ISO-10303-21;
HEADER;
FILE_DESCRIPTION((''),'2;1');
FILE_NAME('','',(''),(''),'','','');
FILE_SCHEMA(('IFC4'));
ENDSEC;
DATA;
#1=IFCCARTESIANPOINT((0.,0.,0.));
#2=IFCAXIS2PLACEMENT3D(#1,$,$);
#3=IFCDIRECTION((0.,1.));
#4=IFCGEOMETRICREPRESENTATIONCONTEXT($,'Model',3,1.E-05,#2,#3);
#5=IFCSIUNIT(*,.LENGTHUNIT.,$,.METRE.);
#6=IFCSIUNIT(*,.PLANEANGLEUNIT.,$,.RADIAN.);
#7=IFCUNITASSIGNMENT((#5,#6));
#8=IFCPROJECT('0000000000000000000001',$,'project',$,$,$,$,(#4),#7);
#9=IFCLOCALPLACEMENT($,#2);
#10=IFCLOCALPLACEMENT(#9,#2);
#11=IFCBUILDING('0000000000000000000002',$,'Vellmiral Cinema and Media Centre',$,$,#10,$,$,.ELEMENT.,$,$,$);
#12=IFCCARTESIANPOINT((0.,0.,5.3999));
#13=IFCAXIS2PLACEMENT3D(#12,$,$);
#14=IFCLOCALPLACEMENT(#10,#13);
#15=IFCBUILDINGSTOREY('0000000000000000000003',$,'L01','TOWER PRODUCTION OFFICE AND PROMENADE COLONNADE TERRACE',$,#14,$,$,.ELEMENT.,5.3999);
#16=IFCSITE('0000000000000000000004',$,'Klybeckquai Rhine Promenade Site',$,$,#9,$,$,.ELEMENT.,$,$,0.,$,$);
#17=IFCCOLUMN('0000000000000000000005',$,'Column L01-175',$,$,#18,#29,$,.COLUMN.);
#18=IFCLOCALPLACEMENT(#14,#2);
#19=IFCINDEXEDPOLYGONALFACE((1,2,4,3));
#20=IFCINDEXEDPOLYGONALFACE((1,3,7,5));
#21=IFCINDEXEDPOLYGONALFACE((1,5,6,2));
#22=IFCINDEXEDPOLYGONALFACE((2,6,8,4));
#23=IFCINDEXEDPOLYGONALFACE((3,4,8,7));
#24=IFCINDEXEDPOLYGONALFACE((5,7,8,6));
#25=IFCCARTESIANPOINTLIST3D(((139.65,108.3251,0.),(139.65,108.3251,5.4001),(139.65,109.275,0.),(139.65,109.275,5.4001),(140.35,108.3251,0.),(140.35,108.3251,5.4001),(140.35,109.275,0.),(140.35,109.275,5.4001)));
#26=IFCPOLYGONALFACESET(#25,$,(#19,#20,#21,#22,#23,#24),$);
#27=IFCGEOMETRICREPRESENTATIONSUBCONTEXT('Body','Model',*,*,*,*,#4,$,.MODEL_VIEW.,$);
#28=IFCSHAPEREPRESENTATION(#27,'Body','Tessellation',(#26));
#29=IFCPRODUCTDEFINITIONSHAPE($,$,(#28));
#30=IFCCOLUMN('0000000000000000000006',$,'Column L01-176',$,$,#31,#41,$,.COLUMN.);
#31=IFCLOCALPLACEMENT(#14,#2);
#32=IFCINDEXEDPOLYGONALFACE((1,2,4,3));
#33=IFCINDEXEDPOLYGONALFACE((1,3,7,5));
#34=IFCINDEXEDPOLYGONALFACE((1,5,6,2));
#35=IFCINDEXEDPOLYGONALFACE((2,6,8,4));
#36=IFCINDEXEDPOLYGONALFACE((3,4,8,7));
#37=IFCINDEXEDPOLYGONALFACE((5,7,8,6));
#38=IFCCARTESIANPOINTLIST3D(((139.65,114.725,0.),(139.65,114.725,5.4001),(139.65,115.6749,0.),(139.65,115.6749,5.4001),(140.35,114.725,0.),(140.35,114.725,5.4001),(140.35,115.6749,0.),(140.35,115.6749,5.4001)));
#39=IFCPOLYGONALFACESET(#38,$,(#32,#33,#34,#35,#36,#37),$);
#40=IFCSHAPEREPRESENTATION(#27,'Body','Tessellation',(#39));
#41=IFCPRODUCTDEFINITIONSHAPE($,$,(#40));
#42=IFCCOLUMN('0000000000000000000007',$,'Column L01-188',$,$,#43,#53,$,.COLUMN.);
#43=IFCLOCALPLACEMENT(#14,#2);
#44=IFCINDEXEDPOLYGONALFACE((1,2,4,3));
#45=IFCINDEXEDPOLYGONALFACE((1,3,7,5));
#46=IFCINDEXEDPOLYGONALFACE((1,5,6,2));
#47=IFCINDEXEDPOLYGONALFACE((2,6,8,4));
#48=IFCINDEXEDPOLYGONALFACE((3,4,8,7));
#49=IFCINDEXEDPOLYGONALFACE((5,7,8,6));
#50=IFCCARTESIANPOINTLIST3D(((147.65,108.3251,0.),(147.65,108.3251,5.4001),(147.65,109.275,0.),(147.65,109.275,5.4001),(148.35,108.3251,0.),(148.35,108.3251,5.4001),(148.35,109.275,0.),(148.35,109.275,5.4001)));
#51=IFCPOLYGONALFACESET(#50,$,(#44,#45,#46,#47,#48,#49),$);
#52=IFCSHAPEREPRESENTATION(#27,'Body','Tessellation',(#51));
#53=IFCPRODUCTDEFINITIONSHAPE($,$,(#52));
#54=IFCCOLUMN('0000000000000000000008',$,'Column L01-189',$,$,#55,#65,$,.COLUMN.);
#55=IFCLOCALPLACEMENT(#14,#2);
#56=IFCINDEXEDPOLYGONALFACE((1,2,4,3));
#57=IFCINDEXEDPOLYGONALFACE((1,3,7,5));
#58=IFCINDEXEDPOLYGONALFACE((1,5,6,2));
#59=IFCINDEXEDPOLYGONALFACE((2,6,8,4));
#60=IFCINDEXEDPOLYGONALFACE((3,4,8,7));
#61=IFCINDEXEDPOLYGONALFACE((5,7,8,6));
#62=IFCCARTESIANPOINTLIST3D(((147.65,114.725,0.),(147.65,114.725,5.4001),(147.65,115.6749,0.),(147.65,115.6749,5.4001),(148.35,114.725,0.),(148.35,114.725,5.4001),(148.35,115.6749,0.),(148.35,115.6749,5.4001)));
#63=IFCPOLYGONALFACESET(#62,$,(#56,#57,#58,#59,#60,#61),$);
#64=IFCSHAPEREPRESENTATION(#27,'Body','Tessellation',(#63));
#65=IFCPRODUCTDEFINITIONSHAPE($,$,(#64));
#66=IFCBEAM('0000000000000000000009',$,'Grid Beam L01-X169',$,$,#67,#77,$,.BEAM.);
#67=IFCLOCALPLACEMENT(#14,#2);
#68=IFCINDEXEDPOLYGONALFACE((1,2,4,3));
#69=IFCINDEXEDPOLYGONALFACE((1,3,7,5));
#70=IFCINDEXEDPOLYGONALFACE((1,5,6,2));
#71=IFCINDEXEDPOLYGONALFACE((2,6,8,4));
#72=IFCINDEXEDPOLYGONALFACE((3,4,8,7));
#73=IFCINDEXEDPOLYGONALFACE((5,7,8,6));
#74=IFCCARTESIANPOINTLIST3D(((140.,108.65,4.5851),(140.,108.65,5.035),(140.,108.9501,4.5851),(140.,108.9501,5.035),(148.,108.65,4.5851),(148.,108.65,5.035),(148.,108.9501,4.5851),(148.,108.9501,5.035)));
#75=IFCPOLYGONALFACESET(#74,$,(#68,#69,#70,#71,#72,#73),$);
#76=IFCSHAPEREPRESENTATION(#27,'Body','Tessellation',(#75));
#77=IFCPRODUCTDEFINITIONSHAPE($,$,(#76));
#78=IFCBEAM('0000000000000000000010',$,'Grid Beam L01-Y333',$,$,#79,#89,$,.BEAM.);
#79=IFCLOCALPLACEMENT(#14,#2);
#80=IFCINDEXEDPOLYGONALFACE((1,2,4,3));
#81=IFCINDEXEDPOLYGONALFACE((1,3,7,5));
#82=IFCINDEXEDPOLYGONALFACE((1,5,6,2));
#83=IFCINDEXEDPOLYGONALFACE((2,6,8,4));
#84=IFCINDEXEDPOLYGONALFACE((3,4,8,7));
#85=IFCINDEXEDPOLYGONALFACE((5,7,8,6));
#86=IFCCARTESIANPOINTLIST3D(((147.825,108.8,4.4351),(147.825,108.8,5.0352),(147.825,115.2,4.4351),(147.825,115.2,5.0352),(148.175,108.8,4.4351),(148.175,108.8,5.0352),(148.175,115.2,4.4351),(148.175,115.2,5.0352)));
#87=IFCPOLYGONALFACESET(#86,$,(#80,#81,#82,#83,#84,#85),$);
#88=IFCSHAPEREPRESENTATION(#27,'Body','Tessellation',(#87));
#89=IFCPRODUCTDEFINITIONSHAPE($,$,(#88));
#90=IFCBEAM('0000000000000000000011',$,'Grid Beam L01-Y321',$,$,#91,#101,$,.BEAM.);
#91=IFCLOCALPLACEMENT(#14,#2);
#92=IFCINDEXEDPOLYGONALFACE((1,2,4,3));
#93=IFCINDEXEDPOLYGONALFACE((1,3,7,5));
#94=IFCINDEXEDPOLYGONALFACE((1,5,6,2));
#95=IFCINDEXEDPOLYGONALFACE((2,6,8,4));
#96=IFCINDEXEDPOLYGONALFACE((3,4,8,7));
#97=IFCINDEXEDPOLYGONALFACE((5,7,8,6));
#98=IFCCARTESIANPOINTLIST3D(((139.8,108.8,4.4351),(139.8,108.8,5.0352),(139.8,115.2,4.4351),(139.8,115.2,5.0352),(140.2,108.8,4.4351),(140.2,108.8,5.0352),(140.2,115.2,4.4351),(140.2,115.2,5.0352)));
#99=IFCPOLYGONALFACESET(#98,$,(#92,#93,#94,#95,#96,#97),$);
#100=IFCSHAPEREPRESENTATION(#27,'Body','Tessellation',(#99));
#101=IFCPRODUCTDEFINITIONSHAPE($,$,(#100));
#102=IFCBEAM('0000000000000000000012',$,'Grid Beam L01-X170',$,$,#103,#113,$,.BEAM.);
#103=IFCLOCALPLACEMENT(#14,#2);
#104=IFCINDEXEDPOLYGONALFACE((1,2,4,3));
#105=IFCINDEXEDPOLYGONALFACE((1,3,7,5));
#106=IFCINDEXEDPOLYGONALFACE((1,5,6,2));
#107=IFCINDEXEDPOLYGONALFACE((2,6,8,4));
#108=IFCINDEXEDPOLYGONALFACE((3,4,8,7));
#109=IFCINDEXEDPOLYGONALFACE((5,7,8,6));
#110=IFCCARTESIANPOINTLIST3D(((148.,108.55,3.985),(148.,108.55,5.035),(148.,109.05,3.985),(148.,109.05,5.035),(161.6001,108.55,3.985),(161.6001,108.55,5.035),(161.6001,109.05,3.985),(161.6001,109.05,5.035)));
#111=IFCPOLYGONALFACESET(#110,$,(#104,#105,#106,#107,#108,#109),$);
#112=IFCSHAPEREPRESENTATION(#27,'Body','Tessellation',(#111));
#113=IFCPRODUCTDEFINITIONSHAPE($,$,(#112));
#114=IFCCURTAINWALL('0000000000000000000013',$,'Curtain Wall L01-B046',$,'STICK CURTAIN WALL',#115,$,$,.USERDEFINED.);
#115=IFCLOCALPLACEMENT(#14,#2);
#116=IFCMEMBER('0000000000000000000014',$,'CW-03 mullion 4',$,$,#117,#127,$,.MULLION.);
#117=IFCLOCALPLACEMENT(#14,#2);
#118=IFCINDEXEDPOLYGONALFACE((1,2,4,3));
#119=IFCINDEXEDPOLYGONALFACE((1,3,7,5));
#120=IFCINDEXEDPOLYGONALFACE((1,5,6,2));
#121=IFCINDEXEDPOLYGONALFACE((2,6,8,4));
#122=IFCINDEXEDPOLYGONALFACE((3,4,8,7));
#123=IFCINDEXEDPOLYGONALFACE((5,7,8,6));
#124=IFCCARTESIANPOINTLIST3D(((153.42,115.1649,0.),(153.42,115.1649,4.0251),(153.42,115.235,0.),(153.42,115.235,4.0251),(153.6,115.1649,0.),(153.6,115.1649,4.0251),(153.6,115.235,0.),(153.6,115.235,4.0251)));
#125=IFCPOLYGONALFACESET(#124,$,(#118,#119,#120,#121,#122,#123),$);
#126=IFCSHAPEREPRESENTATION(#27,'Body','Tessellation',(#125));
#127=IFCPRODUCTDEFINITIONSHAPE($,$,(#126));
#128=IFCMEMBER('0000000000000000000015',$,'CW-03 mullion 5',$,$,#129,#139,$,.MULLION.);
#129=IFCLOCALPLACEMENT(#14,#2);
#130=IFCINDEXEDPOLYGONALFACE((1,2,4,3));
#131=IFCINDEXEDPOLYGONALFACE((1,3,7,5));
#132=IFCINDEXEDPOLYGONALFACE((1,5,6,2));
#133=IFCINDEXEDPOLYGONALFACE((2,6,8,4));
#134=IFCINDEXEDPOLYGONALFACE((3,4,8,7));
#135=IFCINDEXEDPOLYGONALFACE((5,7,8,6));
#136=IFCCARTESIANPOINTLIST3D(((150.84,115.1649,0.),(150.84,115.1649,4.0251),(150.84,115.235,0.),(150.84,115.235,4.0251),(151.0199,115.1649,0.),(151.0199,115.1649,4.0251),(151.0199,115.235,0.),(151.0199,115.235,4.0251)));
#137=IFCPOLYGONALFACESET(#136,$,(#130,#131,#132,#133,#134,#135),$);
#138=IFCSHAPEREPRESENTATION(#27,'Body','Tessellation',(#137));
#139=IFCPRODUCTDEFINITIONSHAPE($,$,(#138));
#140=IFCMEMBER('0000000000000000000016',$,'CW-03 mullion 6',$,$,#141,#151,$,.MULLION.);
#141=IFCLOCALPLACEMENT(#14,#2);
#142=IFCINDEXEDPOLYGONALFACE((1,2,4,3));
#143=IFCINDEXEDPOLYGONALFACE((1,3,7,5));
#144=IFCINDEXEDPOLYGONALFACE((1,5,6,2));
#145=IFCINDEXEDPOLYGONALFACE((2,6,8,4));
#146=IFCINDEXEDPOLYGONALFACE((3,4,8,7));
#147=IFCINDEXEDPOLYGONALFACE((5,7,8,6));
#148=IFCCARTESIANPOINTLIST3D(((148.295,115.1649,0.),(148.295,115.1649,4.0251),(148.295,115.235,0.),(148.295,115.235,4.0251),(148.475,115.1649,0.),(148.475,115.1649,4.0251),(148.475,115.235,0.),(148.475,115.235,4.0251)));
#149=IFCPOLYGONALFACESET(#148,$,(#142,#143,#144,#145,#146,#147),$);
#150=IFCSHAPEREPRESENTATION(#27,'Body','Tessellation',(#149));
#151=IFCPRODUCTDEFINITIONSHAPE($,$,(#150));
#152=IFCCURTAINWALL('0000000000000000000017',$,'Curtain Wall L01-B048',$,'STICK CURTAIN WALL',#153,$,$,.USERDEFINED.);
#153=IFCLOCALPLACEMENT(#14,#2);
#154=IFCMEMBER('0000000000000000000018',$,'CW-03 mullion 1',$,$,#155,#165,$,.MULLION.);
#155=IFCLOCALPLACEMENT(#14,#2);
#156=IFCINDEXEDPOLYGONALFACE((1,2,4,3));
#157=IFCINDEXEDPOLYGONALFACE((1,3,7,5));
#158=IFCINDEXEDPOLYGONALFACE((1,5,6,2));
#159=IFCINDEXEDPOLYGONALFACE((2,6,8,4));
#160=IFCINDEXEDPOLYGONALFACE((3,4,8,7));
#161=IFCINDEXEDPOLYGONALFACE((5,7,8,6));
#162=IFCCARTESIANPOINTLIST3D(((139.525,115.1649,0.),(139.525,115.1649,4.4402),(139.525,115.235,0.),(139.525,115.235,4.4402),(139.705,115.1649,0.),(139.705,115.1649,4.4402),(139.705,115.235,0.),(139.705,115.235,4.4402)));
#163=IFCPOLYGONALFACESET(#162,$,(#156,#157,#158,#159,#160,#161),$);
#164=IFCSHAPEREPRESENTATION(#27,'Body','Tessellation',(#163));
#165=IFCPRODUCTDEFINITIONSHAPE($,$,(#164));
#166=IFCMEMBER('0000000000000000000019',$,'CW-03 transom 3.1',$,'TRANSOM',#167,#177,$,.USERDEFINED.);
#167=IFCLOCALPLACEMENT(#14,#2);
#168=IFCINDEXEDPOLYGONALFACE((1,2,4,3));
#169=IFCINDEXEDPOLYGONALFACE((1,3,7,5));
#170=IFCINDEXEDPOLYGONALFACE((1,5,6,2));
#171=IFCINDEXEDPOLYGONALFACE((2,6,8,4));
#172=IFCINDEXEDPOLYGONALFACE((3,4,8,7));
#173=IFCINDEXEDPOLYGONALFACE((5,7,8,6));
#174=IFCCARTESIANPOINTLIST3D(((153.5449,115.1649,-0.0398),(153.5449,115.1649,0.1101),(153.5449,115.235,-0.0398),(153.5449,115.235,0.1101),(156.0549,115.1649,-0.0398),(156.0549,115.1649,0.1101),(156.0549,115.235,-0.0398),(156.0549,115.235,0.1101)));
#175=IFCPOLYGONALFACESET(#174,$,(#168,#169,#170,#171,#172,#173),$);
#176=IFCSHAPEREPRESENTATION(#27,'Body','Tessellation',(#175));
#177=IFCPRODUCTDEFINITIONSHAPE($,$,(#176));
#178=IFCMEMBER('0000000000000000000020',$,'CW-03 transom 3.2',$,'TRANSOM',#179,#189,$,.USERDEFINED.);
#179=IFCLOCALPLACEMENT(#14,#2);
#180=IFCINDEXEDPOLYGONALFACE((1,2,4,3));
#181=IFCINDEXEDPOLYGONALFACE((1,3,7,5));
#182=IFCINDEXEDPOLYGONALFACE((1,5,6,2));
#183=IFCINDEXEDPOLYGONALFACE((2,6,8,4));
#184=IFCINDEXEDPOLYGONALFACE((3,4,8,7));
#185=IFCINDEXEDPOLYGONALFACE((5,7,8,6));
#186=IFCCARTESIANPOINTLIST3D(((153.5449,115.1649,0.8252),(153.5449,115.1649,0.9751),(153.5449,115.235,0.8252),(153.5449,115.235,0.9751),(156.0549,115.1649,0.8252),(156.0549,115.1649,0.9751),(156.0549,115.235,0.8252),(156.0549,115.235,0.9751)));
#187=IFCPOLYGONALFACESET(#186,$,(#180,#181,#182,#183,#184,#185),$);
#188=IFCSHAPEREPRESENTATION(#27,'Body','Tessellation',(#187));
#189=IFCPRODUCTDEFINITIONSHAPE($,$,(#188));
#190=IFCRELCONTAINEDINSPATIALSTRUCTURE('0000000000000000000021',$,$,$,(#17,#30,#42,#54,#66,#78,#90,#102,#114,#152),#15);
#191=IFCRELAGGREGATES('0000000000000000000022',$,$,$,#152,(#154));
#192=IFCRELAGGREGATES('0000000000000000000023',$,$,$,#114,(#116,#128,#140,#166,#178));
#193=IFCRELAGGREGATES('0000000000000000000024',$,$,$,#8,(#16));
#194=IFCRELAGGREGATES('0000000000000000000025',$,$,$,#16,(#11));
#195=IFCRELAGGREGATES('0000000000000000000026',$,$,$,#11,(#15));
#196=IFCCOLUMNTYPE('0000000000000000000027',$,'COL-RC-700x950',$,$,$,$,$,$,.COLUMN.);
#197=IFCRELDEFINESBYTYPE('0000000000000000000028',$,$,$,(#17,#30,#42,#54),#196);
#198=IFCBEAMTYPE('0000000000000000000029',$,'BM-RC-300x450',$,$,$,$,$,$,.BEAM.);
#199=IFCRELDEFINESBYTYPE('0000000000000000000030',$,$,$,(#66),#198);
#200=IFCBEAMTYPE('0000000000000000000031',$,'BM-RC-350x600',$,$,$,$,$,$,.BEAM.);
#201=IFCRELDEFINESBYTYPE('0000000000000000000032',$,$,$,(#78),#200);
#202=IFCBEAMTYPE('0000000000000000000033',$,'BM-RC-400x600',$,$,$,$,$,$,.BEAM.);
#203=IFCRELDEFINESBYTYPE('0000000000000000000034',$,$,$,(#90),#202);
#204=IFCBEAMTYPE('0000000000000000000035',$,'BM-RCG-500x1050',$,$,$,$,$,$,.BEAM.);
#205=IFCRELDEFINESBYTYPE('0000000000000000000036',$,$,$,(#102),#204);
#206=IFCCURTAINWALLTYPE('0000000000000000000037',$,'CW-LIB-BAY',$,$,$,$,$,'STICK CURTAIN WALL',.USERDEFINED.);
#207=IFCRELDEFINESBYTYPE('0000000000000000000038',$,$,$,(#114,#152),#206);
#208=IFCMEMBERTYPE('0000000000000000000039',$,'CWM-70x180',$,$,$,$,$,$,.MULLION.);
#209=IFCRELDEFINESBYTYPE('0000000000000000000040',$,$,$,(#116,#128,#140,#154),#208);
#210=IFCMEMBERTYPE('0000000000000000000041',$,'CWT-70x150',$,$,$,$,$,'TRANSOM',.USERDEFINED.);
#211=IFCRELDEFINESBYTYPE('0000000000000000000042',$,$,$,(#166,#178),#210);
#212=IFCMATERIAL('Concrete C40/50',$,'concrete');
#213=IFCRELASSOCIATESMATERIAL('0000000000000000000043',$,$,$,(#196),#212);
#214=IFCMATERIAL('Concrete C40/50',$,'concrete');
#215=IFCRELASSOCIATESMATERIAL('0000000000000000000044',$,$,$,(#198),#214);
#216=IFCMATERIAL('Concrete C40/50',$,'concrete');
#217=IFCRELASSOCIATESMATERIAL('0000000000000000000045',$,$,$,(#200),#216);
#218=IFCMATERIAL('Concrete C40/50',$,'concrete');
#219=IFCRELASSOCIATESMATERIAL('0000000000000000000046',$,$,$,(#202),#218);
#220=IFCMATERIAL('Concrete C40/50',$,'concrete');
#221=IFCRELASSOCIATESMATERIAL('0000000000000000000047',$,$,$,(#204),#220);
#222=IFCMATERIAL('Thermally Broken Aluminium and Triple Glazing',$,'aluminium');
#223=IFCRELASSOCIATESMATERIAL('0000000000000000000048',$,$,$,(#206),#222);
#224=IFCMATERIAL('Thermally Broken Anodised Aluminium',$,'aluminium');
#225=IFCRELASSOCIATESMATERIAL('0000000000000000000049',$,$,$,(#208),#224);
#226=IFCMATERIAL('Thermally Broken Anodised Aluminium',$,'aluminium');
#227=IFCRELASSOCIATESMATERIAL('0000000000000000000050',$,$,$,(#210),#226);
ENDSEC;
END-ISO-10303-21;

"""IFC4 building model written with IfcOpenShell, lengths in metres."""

from ifc_helpers import new_model, si_unit, direction, frame, origin, origin_2d, place, context, subcontext, project, spatial, rectangle, extrude, material, material_profile, profile_set, type_object, element, aggregate, save


model = new_model("IFC4")

# Units and contexts
model_context = context("Model", 3, precision=1e-05, world=origin(), true_north=direction((0.0, 1.0)))
body_context = subcontext(model_context, "Body", "Model", "MODEL_VIEW")
ifc_project = project(units=[si_unit("LENGTHUNIT", "METRE"), si_unit("PLANEANGLEUNIT", "RADIAN")], contexts=[model_context])

# Site, building, storey
site_placement = place(None, origin())
site = spatial("IfcSite", under=ifc_project, at=site_placement, Name="Klybeckquai Rhine Promenade Site", CompositionType="ELEMENT", RefElevation=0.0)
building_placement = place(site_placement, origin())
building = spatial("IfcBuilding", under=site, at=building_placement, Name="Vellmiral Cinema and Media Centre", CompositionType="ELEMENT")
storey_placement = place(building_placement, frame((0.0, 0.0, 5.3999)))
storey = spatial("IfcBuildingStorey", under=building, at=storey_placement, Name="L01", Description="TOWER PRODUCTION OFFICE AND PROMENADE COLONNADE TERRACE", CompositionType="ELEMENT", Elevation=5.3999)

# Columns
ifc_material_1 = material(Name="Concrete C40/50", Category="concrete")
ifc_material_profile_1 = material_profile(ifc_material_1, rectangle(XDim=0.7, YDim=0.95, at=origin_2d()), Name="RC 700x950")
ifc_profile_set_1 = profile_set([ifc_material_profile_1], Name="Concrete C40/50")
column_type = type_object("IfcColumnType", Name="COL-RC-700x950", PredefinedType="COLUMN", material=ifc_profile_set_1)
for number, where, z_axis, x_axis, name in (
    (1, (140.0, 108.8, 0.0), (0.0, 0.0, 1.0), (1.0, 0.0, 0.0), "Column L01-175"),
    (2, (140.0, 115.2, 0.0), (0.0, 0.0, 1.0), (1.0, 0.0, 0.0), "Column L01-176"),
    (3, (148.0, 108.8, 0.0), (0.0, 0.0, 1.0), (1.0, 0.0, 0.0), "Column L01-188"),
    (4, (148.0, 115.2, 0.0), (0.0, 0.0, 1.0), (1.0, 0.0, 0.0), "Column L01-189"),
):
    element("IfcColumn", number, at=place(storey_placement, frame(where, z_axis=z_axis, x_axis=x_axis)), inside=storey, type_object=column_type, Name=name, PredefinedType="COLUMN", context=body_context, shape_type="SweptSolid", body=[
        extrude(rectangle(XDim=0.7, YDim=0.95, at=origin_2d()), origin(), (0.0, 0.0, 1.0), 5.4001),
    ])

# Beams
ifc_material_2 = material(Name="Concrete C40/50", Category="concrete")
ifc_material_profile_2 = material_profile(ifc_material_2, rectangle(XDim=0.3, YDim=0.45, at=origin_2d()), Name="RC 300x450")
ifc_profile_set_2 = profile_set([ifc_material_profile_2], Name="Concrete C40/50")
beam_type_1 = type_object("IfcBeamType", Name="BM-RC-300x450", PredefinedType="BEAM", material=ifc_profile_set_2)
beam_1_placement = place(storey_placement, frame((140.0, 108.8, 4.8101), z_axis=(1.0, 0.0, 0.0), x_axis=(0.0, 1.0, 0.0)))
element("IfcBeam", 5, at=beam_1_placement, inside=storey, type_object=beam_type_1, Name="Grid Beam L01-X169", PredefinedType="BEAM", context=body_context, shape_type="SweptSolid", body=[
    extrude(rectangle(XDim=0.3, YDim=0.45, at=origin_2d()), origin(), (0.0, 0.0, 1.0), 8.0),
])
ifc_material_3 = material(Name="Concrete C40/50", Category="concrete")
ifc_material_profile_3 = material_profile(ifc_material_3, rectangle(XDim=0.3501, YDim=0.6001, at=origin_2d()), Name="RC 350x600")
ifc_profile_set_3 = profile_set([ifc_material_profile_3], Name="Concrete C40/50")
beam_type_2 = type_object("IfcBeamType", Name="BM-RC-350x600", PredefinedType="BEAM", material=ifc_profile_set_3)
beam_2_placement = place(storey_placement, frame((148.0, 108.8, 4.7351), z_axis=(0.0, 1.0, 0.0), x_axis=(-1.0, 0.0, 0.0)))
element("IfcBeam", 6, at=beam_2_placement, inside=storey, type_object=beam_type_2, Name="Grid Beam L01-Y333", PredefinedType="BEAM", context=body_context, shape_type="SweptSolid", body=[
    extrude(rectangle(XDim=0.3501, YDim=0.6001, at=origin_2d()), origin(), (0.0, 0.0, 1.0), 6.3999),
])
ifc_material_4 = material(Name="Concrete C40/50", Category="concrete")
ifc_material_profile_4 = material_profile(ifc_material_4, rectangle(XDim=0.3999, YDim=0.6001, at=origin_2d()), Name="RC 400x600")
ifc_profile_set_4 = profile_set([ifc_material_profile_4], Name="Concrete C40/50")
beam_type_3 = type_object("IfcBeamType", Name="BM-RC-400x600", PredefinedType="BEAM", material=ifc_profile_set_4)
beam_3_placement = place(storey_placement, frame((140.0, 108.8, 4.7351), z_axis=(0.0, 1.0, 0.0), x_axis=(-1.0, 0.0, 0.0)))
element("IfcBeam", 7, at=beam_3_placement, inside=storey, type_object=beam_type_3, Name="Grid Beam L01-Y321", PredefinedType="BEAM", context=body_context, shape_type="SweptSolid", body=[
    extrude(rectangle(XDim=0.3999, YDim=0.6001, at=origin_2d()), origin(), (0.0, 0.0, 1.0), 6.3999),
])
ifc_material_5 = material(Name="Concrete C40/50", Category="concrete")
ifc_material_profile_5 = material_profile(ifc_material_5, rectangle(XDim=0.5, YDim=1.05, at=origin_2d()), Name="RC 500x1050")
ifc_profile_set_5 = profile_set([ifc_material_profile_5], Name="Concrete C40/50")
beam_type_4 = type_object("IfcBeamType", Name="BM-RCG-500x1050", PredefinedType="BEAM", material=ifc_profile_set_5)
beam_4_placement = place(storey_placement, frame((148.0, 108.8, 4.51), z_axis=(1.0, 0.0, 0.0), x_axis=(0.0, 1.0, 0.0)))
element("IfcBeam", 8, at=beam_4_placement, inside=storey, type_object=beam_type_4, Name="Grid Beam L01-X170", PredefinedType="BEAM", context=body_context, shape_type="SweptSolid", body=[
    extrude(rectangle(XDim=0.5, YDim=1.05, at=origin_2d()), origin(), (0.0, 0.0, 1.0), 13.6001),
])

# Curtain wall, members
ifc_material_6 = material(Name="Thermally Broken Aluminium and Triple Glazing", Category="aluminium")
curtain_wall_type = type_object("IfcCurtainWallType", Name="CW-LIB-BAY", ElementType="STICK CURTAIN WALL", PredefinedType="USERDEFINED", material=ifc_material_6)
curtain_wall_1_placement = place(storey_placement, origin())
curtain_wall_1 = element("IfcCurtainWall", 9, at=curtain_wall_1_placement, inside=storey, type_object=curtain_wall_type, Name="Curtain Wall L01-B046", ObjectType="STICK CURTAIN WALL", PredefinedType="USERDEFINED")
ifc_material_7 = material(Name="Thermally Broken Anodised Aluminium", Category="aluminium")
ifc_material_profile_6 = material_profile(ifc_material_7, rectangle(XDim=0.0701, YDim=0.1799, at=origin_2d()), Name="MULL 70x180")
ifc_profile_set_6 = profile_set([ifc_material_profile_6], Name="Thermally Broken Anodised Aluminium")
member_type_1 = type_object("IfcMemberType", Name="CWM-70x180", PredefinedType="MULLION", material=ifc_profile_set_6)
member_1_placement = place(storey_placement, frame((153.51, 115.2, 0.0), z_axis=(0.0, 0.0, 1.0), x_axis=(0.0, -1.0, 0.0)))
member_1 = element("IfcMember", 10, at=member_1_placement, type_object=member_type_1, Name="CW-03 mullion 4", PredefinedType="MULLION", context=body_context, shape_type="SweptSolid", body=[
    extrude(rectangle(XDim=0.0701, YDim=0.1799, at=origin_2d()), origin(), (0.0, 0.0, 1.0), 4.0251),
])
member_2_placement = place(storey_placement, frame((150.9299, 115.2, 0.0), z_axis=(0.0, 0.0, 1.0), x_axis=(0.0, -1.0, 0.0)))
member_2 = element("IfcMember", 11, at=member_2_placement, type_object=member_type_1, Name="CW-03 mullion 5", PredefinedType="MULLION", context=body_context, shape_type="SweptSolid", body=[
    extrude(rectangle(XDim=0.0701, YDim=0.1799, at=origin_2d()), origin(), (0.0, 0.0, 1.0), 4.0251),
])
member_3_placement = place(storey_placement, frame((148.385, 115.2, 0.0), z_axis=(0.0, 0.0, 1.0), x_axis=(0.0, -1.0, 0.0)))
member_3 = element("IfcMember", 12, at=member_3_placement, type_object=member_type_1, Name="CW-03 mullion 6", PredefinedType="MULLION", context=body_context, shape_type="SweptSolid", body=[
    extrude(rectangle(XDim=0.0701, YDim=0.1799, at=origin_2d()), origin(), (0.0, 0.0, 1.0), 4.0251),
])

# Curtain wall, member
curtain_wall_2_placement = place(storey_placement, origin())
curtain_wall_2 = element("IfcCurtainWall", 13, at=curtain_wall_2_placement, inside=storey, type_object=curtain_wall_type, Name="Curtain Wall L01-B048", ObjectType="STICK CURTAIN WALL", PredefinedType="USERDEFINED")
member_4_placement = place(storey_placement, frame((139.615, 115.2, 0.0), z_axis=(0.0, 0.0, 1.0), x_axis=(0.0, -1.0, 0.0)))
member_4 = element("IfcMember", 14, at=member_4_placement, type_object=member_type_1, Name="CW-03 mullion 1", PredefinedType="MULLION", context=body_context, shape_type="SweptSolid", body=[
    extrude(rectangle(XDim=0.0701, YDim=0.1799, at=origin_2d()), origin(), (0.0, 0.0, 1.0), 4.4402),
])

# Members
ifc_material_8 = material(Name="Thermally Broken Anodised Aluminium", Category="aluminium")
ifc_material_profile_7 = material_profile(ifc_material_8, rectangle(XDim=0.0701, YDim=0.1499, at=origin_2d()), Name="MULL 70x150")
ifc_profile_set_7 = profile_set([ifc_material_profile_7], Name="Thermally Broken Anodised Aluminium")
member_type_2 = type_object("IfcMemberType", Name="CWT-70x150", ElementType="TRANSOM", PredefinedType="USERDEFINED", material=ifc_profile_set_7)
member_5_placement = place(storey_placement, frame((156.0549, 115.2, 0.0352), z_axis=(-1.0, 0.0, 0.0), x_axis=(0.0, -1.0, 0.0)))
member_5 = element("IfcMember", 15, at=member_5_placement, type_object=member_type_2, Name="CW-03 transom 3.1", ObjectType="TRANSOM", PredefinedType="USERDEFINED", context=body_context, shape_type="SweptSolid", body=[
    extrude(rectangle(XDim=0.0701, YDim=0.1499, at=origin_2d()), origin(), (0.0, 0.0, 1.0), 2.51),
])
member_6_placement = place(storey_placement, frame((156.0549, 115.2, 0.9001), z_axis=(-1.0, 0.0, 0.0), x_axis=(0.0, -1.0, 0.0)))
member_6 = element("IfcMember", 16, at=member_6_placement, type_object=member_type_2, Name="CW-03 transom 3.2", ObjectType="TRANSOM", PredefinedType="USERDEFINED", context=body_context, shape_type="SweptSolid", body=[
    extrude(rectangle(XDim=0.0701, YDim=0.1499, at=origin_2d()), origin(), (0.0, 0.0, 1.0), 2.51),
])
aggregate(curtain_wall_2, [member_4])

aggregate(curtain_wall_1, [member_1, member_2, member_3, member_5, member_6])

save(model, "model.ifc")
